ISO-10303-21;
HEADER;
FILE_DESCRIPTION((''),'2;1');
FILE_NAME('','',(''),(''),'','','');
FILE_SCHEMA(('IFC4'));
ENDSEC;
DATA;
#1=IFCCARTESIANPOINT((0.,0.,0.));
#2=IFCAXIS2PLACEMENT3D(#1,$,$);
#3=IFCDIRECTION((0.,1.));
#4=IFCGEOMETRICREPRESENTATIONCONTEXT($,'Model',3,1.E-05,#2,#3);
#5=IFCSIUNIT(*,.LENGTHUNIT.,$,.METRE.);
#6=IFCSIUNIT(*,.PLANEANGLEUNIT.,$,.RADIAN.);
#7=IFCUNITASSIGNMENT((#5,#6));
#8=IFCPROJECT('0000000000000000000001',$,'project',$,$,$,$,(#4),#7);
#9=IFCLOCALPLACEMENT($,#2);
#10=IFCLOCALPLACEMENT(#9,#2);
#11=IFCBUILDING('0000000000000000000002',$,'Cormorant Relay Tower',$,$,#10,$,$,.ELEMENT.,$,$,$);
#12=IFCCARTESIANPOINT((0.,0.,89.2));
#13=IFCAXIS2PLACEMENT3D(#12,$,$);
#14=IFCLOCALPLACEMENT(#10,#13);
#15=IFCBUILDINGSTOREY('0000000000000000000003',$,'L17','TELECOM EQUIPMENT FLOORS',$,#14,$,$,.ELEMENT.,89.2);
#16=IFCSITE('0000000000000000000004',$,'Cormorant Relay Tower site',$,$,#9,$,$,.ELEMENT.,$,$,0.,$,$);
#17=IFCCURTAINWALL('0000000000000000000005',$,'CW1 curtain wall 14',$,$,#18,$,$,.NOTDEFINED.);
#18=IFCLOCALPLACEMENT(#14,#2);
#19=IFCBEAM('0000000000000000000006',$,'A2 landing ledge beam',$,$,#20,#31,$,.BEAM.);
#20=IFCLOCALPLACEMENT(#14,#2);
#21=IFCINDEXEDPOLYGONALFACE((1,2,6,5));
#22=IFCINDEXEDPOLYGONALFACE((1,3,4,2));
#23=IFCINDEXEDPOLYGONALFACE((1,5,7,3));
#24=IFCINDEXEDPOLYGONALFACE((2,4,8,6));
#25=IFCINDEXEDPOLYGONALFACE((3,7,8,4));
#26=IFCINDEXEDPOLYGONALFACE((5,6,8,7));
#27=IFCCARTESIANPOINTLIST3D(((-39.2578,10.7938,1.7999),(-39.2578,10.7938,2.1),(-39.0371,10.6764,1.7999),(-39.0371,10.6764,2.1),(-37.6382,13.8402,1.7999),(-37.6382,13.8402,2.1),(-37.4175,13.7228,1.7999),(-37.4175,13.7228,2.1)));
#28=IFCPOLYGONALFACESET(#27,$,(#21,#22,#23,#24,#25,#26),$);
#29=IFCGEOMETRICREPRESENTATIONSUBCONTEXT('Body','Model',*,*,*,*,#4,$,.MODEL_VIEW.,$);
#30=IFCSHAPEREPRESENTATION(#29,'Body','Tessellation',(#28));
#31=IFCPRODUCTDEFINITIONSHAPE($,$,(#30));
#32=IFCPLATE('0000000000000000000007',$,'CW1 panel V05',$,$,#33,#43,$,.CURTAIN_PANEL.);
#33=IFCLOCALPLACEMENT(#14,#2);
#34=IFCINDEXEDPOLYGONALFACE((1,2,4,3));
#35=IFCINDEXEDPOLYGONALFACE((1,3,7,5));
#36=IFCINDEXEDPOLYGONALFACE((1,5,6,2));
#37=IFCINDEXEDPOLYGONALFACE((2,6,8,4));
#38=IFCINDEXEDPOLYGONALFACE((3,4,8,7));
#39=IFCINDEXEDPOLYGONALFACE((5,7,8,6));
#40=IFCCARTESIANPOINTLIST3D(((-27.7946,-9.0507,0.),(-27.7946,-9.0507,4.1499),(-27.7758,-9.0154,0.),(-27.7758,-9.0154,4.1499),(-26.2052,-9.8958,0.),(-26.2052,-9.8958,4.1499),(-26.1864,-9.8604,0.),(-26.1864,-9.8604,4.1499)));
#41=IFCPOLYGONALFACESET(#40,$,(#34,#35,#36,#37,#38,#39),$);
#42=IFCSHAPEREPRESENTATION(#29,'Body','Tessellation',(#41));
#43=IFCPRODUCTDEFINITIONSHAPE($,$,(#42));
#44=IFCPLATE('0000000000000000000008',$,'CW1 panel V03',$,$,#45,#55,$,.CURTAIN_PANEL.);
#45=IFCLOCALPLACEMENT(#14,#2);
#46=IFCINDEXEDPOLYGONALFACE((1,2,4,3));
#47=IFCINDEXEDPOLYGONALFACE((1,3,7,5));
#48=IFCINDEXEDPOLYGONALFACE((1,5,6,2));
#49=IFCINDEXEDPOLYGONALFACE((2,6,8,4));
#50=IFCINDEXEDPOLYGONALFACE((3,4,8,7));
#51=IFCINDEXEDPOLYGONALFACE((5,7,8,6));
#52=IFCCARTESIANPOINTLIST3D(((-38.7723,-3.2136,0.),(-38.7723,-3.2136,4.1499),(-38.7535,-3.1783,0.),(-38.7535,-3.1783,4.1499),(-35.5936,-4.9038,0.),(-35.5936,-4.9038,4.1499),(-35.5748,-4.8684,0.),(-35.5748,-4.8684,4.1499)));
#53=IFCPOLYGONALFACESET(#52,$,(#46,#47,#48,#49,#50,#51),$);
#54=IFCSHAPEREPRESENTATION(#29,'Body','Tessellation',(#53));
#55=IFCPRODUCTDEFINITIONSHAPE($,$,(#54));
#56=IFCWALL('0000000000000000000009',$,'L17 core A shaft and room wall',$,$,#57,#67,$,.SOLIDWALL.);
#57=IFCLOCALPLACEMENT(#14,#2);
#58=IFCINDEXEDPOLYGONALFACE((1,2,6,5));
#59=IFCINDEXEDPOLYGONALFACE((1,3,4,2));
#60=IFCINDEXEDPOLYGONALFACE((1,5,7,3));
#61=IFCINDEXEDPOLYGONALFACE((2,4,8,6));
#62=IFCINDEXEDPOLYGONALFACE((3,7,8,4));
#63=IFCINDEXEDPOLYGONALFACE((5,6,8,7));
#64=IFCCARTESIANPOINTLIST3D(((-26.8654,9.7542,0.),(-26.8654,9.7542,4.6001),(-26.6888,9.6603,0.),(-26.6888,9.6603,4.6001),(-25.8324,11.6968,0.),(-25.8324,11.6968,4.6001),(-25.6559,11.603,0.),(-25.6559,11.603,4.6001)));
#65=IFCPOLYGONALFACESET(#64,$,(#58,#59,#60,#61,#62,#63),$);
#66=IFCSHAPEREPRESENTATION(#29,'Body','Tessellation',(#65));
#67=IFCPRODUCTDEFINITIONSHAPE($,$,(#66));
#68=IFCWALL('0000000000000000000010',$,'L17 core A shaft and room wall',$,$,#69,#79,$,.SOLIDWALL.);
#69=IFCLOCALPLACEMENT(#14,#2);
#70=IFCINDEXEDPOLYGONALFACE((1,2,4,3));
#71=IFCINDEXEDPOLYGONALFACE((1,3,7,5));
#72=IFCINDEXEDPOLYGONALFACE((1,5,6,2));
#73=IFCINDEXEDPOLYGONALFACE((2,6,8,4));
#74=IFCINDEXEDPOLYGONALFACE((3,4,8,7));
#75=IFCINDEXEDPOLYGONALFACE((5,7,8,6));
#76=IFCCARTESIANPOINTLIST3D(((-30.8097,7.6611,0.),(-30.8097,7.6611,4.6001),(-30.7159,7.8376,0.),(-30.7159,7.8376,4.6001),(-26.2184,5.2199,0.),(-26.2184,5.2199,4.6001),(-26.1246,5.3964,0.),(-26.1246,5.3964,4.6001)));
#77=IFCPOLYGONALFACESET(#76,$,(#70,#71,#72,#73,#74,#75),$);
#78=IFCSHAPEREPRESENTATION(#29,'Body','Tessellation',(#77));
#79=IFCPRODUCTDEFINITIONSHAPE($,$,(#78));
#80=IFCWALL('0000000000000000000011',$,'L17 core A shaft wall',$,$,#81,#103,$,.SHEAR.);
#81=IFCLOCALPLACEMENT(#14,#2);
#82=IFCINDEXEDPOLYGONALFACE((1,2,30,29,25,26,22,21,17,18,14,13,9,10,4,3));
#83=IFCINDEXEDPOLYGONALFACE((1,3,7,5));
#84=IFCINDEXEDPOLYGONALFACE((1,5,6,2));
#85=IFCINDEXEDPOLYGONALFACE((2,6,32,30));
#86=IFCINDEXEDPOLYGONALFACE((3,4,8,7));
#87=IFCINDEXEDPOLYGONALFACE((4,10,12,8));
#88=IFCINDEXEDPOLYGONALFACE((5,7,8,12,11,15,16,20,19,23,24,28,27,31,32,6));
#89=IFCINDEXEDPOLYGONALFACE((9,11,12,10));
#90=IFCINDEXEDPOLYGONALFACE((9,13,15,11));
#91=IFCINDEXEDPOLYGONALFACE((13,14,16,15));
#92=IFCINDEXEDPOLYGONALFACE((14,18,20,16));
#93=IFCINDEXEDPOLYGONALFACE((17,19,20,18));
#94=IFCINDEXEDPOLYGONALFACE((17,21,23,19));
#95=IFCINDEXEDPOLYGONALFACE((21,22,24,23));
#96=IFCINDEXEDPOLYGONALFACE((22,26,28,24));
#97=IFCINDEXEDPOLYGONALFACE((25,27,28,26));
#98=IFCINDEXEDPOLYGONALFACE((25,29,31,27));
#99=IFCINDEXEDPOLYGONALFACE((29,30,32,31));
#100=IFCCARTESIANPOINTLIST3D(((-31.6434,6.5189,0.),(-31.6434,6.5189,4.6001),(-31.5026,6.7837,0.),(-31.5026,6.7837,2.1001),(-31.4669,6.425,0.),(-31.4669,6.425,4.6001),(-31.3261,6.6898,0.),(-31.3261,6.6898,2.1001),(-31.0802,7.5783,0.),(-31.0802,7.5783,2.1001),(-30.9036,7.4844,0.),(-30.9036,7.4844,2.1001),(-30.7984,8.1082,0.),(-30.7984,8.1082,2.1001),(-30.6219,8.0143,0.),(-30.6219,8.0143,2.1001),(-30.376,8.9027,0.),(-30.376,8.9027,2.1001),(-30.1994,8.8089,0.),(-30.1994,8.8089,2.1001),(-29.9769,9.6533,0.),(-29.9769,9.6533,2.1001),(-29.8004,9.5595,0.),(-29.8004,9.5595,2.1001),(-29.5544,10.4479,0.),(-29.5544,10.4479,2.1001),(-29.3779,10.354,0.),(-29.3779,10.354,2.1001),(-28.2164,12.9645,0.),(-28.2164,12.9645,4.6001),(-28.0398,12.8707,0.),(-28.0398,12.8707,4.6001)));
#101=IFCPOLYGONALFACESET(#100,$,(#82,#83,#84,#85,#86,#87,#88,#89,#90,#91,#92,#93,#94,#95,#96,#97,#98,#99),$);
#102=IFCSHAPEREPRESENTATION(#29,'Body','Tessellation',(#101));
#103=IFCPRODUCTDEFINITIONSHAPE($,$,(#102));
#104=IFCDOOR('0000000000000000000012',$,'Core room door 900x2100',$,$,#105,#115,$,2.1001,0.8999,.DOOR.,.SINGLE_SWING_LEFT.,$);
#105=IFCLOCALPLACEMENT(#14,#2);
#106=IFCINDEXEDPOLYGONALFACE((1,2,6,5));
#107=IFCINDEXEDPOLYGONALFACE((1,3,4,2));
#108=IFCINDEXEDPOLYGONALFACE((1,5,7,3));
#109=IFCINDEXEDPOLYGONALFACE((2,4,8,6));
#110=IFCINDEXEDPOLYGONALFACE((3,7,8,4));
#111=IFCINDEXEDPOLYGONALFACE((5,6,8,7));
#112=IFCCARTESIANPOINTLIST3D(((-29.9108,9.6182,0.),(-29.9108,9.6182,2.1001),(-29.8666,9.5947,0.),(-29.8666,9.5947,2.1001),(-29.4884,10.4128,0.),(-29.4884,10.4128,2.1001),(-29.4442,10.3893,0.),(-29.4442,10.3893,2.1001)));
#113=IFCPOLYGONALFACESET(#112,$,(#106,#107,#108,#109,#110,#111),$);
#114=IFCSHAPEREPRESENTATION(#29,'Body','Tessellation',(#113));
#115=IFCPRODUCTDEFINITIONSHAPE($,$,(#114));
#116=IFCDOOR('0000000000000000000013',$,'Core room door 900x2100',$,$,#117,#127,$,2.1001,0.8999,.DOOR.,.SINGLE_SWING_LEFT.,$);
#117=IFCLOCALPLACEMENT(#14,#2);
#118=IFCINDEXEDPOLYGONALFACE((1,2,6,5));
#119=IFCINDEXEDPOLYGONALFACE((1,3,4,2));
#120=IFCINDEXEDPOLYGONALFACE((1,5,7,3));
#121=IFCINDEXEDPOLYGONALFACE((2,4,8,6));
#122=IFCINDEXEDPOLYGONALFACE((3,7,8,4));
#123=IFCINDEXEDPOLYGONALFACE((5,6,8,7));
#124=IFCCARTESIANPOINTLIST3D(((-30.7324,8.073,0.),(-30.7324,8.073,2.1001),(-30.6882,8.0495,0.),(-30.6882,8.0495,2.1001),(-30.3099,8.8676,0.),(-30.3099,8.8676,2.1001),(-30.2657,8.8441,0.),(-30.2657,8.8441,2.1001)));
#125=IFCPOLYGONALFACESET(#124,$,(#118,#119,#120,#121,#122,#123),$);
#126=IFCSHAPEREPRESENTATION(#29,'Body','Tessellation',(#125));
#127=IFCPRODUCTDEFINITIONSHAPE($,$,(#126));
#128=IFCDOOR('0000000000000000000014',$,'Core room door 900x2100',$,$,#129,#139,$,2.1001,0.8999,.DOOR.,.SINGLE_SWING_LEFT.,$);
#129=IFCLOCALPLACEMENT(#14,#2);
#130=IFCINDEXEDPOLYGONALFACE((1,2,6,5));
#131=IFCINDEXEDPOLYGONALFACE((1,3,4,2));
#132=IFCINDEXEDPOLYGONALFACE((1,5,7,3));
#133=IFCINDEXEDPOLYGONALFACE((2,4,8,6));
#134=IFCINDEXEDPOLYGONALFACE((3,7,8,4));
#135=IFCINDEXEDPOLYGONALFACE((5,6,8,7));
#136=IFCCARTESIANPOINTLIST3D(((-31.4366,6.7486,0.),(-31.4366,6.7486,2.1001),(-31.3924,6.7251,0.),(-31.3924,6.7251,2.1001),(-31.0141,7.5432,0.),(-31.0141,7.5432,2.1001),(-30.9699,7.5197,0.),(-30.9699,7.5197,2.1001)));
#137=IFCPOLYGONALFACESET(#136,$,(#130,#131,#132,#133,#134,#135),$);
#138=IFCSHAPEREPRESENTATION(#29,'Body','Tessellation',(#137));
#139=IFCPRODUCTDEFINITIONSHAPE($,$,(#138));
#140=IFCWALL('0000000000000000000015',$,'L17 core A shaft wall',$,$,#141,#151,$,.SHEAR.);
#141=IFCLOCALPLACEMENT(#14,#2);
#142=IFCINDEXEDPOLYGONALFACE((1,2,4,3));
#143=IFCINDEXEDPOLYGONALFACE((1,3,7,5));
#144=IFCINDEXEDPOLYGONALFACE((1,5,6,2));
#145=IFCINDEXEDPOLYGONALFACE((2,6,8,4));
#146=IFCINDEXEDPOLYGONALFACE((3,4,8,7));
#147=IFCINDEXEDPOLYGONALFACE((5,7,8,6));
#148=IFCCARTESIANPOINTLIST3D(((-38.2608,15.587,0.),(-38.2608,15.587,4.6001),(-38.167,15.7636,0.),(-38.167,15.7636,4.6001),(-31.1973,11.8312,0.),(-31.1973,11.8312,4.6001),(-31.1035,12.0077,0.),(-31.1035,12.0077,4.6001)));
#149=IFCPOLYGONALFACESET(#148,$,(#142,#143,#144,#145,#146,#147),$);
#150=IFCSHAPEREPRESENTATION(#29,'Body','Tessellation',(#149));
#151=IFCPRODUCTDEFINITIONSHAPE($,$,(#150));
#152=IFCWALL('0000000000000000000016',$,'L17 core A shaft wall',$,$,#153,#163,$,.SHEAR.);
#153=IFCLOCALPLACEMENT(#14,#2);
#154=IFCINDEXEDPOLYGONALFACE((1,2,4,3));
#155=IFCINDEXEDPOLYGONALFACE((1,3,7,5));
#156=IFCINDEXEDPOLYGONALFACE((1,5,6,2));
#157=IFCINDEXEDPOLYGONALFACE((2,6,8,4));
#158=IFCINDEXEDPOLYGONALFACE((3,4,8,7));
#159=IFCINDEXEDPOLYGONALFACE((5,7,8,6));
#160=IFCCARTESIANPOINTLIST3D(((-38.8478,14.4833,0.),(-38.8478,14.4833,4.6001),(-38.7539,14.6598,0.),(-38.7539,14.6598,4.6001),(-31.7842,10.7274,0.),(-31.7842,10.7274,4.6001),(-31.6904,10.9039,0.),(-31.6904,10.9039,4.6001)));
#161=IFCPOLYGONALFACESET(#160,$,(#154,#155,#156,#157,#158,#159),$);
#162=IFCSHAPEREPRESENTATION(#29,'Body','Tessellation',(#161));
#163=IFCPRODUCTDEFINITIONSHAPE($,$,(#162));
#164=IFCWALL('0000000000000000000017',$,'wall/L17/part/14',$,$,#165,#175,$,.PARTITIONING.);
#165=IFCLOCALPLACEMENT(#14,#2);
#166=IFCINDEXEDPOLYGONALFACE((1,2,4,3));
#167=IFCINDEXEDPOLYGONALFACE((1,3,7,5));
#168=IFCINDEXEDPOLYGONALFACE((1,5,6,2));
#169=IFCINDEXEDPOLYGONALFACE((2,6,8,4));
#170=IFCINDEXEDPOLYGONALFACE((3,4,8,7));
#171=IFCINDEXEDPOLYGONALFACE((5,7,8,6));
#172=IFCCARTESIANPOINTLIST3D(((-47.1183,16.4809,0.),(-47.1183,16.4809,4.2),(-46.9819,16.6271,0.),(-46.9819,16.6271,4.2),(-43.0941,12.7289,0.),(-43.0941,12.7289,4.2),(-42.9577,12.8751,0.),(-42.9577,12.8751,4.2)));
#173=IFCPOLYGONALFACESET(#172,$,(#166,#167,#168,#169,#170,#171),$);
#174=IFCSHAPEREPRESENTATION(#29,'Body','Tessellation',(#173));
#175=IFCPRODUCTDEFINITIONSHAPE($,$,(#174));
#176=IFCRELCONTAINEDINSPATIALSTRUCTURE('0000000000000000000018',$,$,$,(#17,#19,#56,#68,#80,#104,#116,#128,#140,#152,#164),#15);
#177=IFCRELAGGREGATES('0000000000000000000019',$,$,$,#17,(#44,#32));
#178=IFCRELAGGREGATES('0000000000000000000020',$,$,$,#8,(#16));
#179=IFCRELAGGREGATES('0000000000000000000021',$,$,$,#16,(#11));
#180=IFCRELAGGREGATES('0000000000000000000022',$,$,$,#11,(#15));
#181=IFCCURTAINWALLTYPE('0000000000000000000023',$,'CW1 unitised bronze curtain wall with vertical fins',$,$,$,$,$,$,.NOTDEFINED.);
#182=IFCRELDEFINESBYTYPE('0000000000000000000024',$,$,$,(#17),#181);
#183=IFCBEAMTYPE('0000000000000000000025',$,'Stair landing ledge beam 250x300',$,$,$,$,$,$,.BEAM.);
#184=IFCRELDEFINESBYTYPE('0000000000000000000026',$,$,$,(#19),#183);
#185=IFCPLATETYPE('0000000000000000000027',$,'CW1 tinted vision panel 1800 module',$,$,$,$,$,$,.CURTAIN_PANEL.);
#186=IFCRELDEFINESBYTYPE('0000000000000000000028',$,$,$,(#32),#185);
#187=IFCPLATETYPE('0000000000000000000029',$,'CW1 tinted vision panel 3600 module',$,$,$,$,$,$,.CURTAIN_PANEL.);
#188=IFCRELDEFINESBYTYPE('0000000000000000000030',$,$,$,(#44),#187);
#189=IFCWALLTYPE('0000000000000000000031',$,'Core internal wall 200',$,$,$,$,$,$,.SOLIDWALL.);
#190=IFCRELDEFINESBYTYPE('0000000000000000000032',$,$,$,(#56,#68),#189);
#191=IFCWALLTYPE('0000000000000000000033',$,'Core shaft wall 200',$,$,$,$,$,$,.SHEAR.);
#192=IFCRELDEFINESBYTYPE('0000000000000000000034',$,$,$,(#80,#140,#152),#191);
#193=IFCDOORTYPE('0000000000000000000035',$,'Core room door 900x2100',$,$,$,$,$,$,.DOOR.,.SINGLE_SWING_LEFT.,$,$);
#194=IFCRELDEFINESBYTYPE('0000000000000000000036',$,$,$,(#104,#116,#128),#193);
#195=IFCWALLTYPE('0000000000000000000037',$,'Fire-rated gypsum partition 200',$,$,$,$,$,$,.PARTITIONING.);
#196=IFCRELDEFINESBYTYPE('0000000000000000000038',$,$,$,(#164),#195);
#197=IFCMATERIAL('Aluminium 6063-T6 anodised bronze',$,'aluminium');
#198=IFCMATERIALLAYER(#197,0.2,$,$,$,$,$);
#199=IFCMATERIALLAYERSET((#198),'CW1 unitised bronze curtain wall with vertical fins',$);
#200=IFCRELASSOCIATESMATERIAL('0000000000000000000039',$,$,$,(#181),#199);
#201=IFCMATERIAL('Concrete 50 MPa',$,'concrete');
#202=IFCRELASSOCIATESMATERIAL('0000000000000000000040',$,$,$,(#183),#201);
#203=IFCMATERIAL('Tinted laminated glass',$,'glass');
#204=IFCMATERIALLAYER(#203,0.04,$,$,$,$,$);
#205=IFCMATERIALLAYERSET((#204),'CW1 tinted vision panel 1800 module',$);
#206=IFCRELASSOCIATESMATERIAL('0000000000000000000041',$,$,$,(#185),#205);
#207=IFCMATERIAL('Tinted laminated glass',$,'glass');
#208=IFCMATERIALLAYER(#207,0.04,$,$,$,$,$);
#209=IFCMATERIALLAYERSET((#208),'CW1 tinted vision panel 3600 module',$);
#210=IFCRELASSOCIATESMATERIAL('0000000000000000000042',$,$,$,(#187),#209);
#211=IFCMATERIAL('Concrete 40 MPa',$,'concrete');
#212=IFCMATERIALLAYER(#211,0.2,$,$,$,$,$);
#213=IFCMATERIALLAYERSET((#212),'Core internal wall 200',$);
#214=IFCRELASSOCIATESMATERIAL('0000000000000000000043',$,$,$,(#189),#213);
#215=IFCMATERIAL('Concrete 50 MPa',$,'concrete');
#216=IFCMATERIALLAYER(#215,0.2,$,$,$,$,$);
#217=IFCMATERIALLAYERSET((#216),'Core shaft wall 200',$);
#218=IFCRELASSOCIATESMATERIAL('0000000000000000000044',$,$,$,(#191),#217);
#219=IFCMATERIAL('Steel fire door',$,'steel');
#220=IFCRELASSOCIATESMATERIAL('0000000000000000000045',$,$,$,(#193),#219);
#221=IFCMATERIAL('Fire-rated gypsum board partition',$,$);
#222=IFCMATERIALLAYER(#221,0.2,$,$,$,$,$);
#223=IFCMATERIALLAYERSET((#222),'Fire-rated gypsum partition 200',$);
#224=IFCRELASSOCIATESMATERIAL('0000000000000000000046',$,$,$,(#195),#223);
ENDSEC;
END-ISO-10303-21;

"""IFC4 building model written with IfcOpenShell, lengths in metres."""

from ifc_helpers import new_model, si_unit, direction, frame, frame_2d, origin, origin_2d, place, context, subcontext, project, spatial, rectangle, extrude, material, layer, layer_set, material_profile, profile_set, type_object, element, fill, aggregate, save


model = new_model("IFC4")

# Units and contexts
model_context = context("Model", 3, precision=1e-05, world=origin(), true_north=direction((0.0, 1.0)))
body_context = subcontext(model_context, "Body", "Model", "MODEL_VIEW")
ifc_project = project(units=[si_unit("LENGTHUNIT", "METRE"), si_unit("PLANEANGLEUNIT", "RADIAN")], contexts=[model_context])

# Site, building, storey
site_placement = place(None, origin())
site = spatial("IfcSite", under=ifc_project, at=site_placement, Name="Cormorant Relay Tower site", CompositionType="ELEMENT", RefElevation=0.0)
building_placement = place(site_placement, origin())
building = spatial("IfcBuilding", under=site, at=building_placement, Name="Cormorant Relay Tower", CompositionType="ELEMENT")
storey_placement = place(building_placement, frame((0.0, 0.0, 89.2)))
storey = spatial("IfcBuildingStorey", under=building, at=storey_placement, Name="L17", Description="TELECOM EQUIPMENT FLOORS", CompositionType="ELEMENT", Elevation=89.2)

# Curtain wall
ifc_material_1 = material(Name="Aluminium 6063-T6 anodised bronze", Category="aluminium")
ifc_layer_1 = layer(ifc_material_1, 0.2)
ifc_layer_set_1 = layer_set([ifc_layer_1], Name="CW1 unitised bronze curtain wall with vertical fins")
curtain_wall_type = type_object("IfcCurtainWallType", Name="CW1 unitised bronze curtain wall with vertical fins", PredefinedType="NOTDEFINED", material=ifc_layer_set_1)
curtain_wall_placement = place(storey_placement, origin())
curtain_wall = element("IfcCurtainWall", 1, at=curtain_wall_placement, inside=storey, type_object=curtain_wall_type, Name="CW1 curtain wall 14", PredefinedType="NOTDEFINED")

# Beam
ifc_material_2 = material(Name="Concrete 50 MPa", Category="concrete")
ifc_material_profile_1 = material_profile(ifc_material_2, rectangle(XDim=0.25, YDim=0.3, at=origin_2d()), Name="RC 250x300")
ifc_profile_set_1 = profile_set([ifc_material_profile_1], Name="Concrete 50 MPa")
beam_type_1 = type_object("IfcBeamType", Name="Stair landing ledge beam 250x300", PredefinedType="BEAM", material=ifc_profile_set_1)
beam_1_placement = place(storey_placement, frame((-37.5278, 13.7815, 1.95), z_axis=(-0.469435, -0.882967, 0.0), x_axis=(0.882967, -0.469435, 0.0)))
element("IfcBeam", 2, at=beam_1_placement, inside=storey, type_object=beam_type_1, Name="A2 landing ledge beam", PredefinedType="BEAM", context=body_context, shape_type="SweptSolid", body=[
    extrude(rectangle(XDim=0.25, YDim=0.3, at=origin_2d()), origin(), (0.0, 0.0, 1.0), 3.4502),
])

# Plates
ifc_material_3 = material(Name="Tinted laminated glass", Category="glass")
ifc_layer_2 = layer(ifc_material_3, 0.04)
ifc_layer_set_2 = layer_set([ifc_layer_2], Name="CW1 tinted vision panel 1800 module")
plate_type_1 = type_object("IfcPlateType", Name="CW1 tinted vision panel 1800 module", PredefinedType="CURTAIN_PANEL", material=ifc_layer_set_2)
plate_1_placement = place(storey_placement, frame((-26.9905, -9.4556, 0.0), z_axis=(0.0, 0.0, 1.0), x_axis=(0.882948, -0.469472, 0.0)))
plate_1 = element("IfcPlate", 3, at=plate_1_placement, type_object=plate_type_1, Name="CW1 panel V05", PredefinedType="CURTAIN_PANEL", context=body_context, shape_type="SweptSolid", body=[
    extrude(rectangle(XDim=1.8, YDim=0.04, at=origin_2d()), origin(), (0.0, 0.0, 1.0), 4.1499),
])
ifc_material_4 = material(Name="Tinted laminated glass", Category="glass")
ifc_layer_3 = layer(ifc_material_4, 0.04)
ifc_layer_set_3 = layer_set([ifc_layer_3], Name="CW1 tinted vision panel 3600 module")
plate_type_2 = type_object("IfcPlateType", Name="CW1 tinted vision panel 3600 module", PredefinedType="CURTAIN_PANEL", material=ifc_layer_set_3)
plate_2_placement = place(storey_placement, frame((-37.1736, -4.041, 0.0), z_axis=(0.0, 0.0, 1.0), x_axis=(0.882948, -0.469472, 0.0)))
plate_2 = element("IfcPlate", 4, at=plate_2_placement, type_object=plate_type_2, Name="CW1 panel V03", PredefinedType="CURTAIN_PANEL", context=body_context, shape_type="SweptSolid", body=[
    extrude(rectangle(XDim=3.6001, YDim=0.04, at=origin_2d()), origin(), (0.0, 0.0, 1.0), 4.1499),
])

# Walls
ifc_material_5 = material(Name="Concrete 40 MPa", Category="concrete")
ifc_layer_4 = layer(ifc_material_5, 0.2)
ifc_layer_set_4 = layer_set([ifc_layer_4], Name="Core internal wall 200")
wall_type_1 = type_object("IfcWallType", Name="Core internal wall 200", PredefinedType="SOLIDWALL", material=ifc_layer_set_4)
wall_1_placement = place(storey_placement, frame((-25.7441, 11.6499, 0.0), z_axis=(0.0, 0.0, 1.0), x_axis=(-0.469488, -0.882939, 0.0)))
element("IfcWall", 5, at=wall_1_placement, inside=storey, type_object=wall_type_1, Name="L17 core A shaft and room wall", PredefinedType="SOLIDWALL", context=body_context, shape_type="SweptSolid", body=[
    extrude(rectangle(XDim=2.2002, YDim=0.2, at=frame_2d((1.1001, 0.0))), origin(), (0.0, 0.0, 1.0), 4.6001),
])
wall_2_placement = place(storey_placement, frame((-26.1714, 5.3081, 0.0), z_axis=(0.0, 0.0, 1.0), x_axis=(-0.882954, 0.46946, 0.0)))
element("IfcWall", 6, at=wall_2_placement, inside=storey, type_object=wall_type_1, Name="L17 core A shaft and room wall", PredefinedType="SOLIDWALL", context=body_context, shape_type="SweptSolid", body=[
    extrude(rectangle(XDim=5.2, YDim=0.2, at=frame_2d((2.6001, 0.0))), origin(), (0.0, 0.0, 1.0), 4.6001),
])

# Wall, openings, doors
ifc_material_6 = material(Name="Concrete 50 MPa", Category="concrete")
ifc_layer_5 = layer(ifc_material_6, 0.2)
ifc_layer_set_5 = layer_set([ifc_layer_5], Name="Core shaft wall 200")
wall_type_2 = type_object("IfcWallType", Name="Core shaft wall 200", PredefinedType="SHEAR", material=ifc_layer_set_5)
wall_3_placement = place(storey_placement, frame((-28.1282, 12.9175, 0.0), z_axis=(0.0, 0.0, 1.0), x_axis=(-0.469454, -0.882957, 0.0)))
wall_3 = element("IfcWall", 7, at=wall_3_placement, inside=storey, type_object=wall_type_2, Name="L17 core A shaft wall", PredefinedType="SHEAR", context=body_context, shape_type="SweptSolid", body=[
    extrude(rectangle(XDim=7.3, YDim=0.2, at=frame_2d((3.6499, 0.0))), origin(), (0.0, 0.0, 1.0), 4.6001),
])
opening_1_placement = place(wall_3_placement, frame((2.8501, 0.0, 0.0)))
opening_1 = element("IfcOpeningElement", 8, at=opening_1_placement, cuts=wall_3, PredefinedType="OPENING", context=body_context, shape_type="SweptSolid", body=[
    extrude(rectangle(XDim=0.8999, YDim=2.1001, at=frame_2d((0.45, 1.05))), frame((0.0, 0.1099, 0.0), z_axis=(0.0, -1.0, 0.0), x_axis=(1.0, 0.0, 0.0)), (0.0, 0.0, 1.0), 0.22),
])
opening_2_placement = place(wall_3_placement, frame((4.6001, 0.0, 0.0)))
opening_2 = element("IfcOpeningElement", 9, at=opening_2_placement, cuts=wall_3, PredefinedType="OPENING", context=body_context, shape_type="SweptSolid", body=[
    extrude(rectangle(XDim=0.8999, YDim=2.1001, at=frame_2d((0.45, 1.05))), frame((0.0, 0.1099, 0.0), z_axis=(0.0, -1.0, 0.0), x_axis=(1.0, 0.0, 0.0)), (0.0, 0.0, 1.0), 0.22),
])
opening_3_placement = place(wall_3_placement, frame((6.1001, 0.0, 0.0)))
opening_3 = element("IfcOpeningElement", 10, at=opening_3_placement, cuts=wall_3, PredefinedType="OPENING", context=body_context, shape_type="SweptSolid", body=[
    extrude(rectangle(XDim=0.8999, YDim=2.1001, at=frame_2d((0.45, 1.05))), frame((0.0, 0.1099, 0.0), z_axis=(0.0, -1.0, 0.0), x_axis=(1.0, 0.0, 0.0)), (0.0, 0.0, 1.0), 0.22),
])
ifc_material_7 = material(Name="Steel fire door", Category="steel")
door_type = type_object("IfcDoorType", Name="Core room door 900x2100", OperationType="SINGLE_SWING_LEFT", PredefinedType="DOOR", material=ifc_material_7)
door_1_placement = place(opening_1_placement, origin())
door_1 = element("IfcDoor", 11, at=door_1_placement, inside=storey, type_object=door_type, Name="Core room door 900x2100", OperationType="SINGLE_SWING_LEFT", OverallHeight=2.1001, OverallWidth=0.8999, PredefinedType="DOOR", context=body_context, shape_type="SweptSolid", body=[
    extrude(rectangle(XDim=0.8999, YDim=2.1001, at=frame_2d((0.45, 1.05))), frame((0.0, 0.0249, 0.0), z_axis=(0.0, -1.0, 0.0), x_axis=(1.0, 0.0, 0.0)), (0.0, 0.0, 1.0), 0.05),
])
fill(opening_1, door_1)
door_2_placement = place(opening_2_placement, origin())
door_2 = element("IfcDoor", 12, at=door_2_placement, inside=storey, type_object=door_type, Name="Core room door 900x2100", OperationType="SINGLE_SWING_LEFT", OverallHeight=2.1001, OverallWidth=0.8999, PredefinedType="DOOR", context=body_context, shape_type="SweptSolid", body=[
    extrude(rectangle(XDim=0.8999, YDim=2.1001, at=frame_2d((0.45, 1.05))), frame((0.0, 0.0249, 0.0), z_axis=(0.0, -1.0, 0.0), x_axis=(1.0, 0.0, 0.0)), (0.0, 0.0, 1.0), 0.05),
])
fill(opening_2, door_2)
door_3_placement = place(opening_3_placement, origin())
door_3 = element("IfcDoor", 13, at=door_3_placement, inside=storey, type_object=door_type, Name="Core room door 900x2100", OperationType="SINGLE_SWING_LEFT", OverallHeight=2.1001, OverallWidth=0.8999, PredefinedType="DOOR", context=body_context, shape_type="SweptSolid", body=[
    extrude(rectangle(XDim=0.8999, YDim=2.1001, at=frame_2d((0.45, 1.05))), frame((0.0, 0.0249, 0.0), z_axis=(0.0, -1.0, 0.0), x_axis=(1.0, 0.0, 0.0)), (0.0, 0.0, 1.0), 0.05),
])
fill(opening_3, door_3)

# Walls
for number, where, z_axis, x_axis, name in (
    (14, (-31.1504, 11.9194, 0.0), (0.0, 0.0, 1.0), (-0.88294, 0.469485, 0.0), "L17 core A shaft wall"),
    (15, (-31.7373, 10.8157, 0.0), (0.0, 0.0, 1.0), (-0.88294, 0.469485, 0.0), "L17 core A shaft wall"),
):
    element("IfcWall", number, at=place(storey_placement, frame(where, z_axis=z_axis, x_axis=x_axis)), inside=storey, type_object=wall_type_2, Name=name, PredefinedType="SHEAR", context=body_context, shape_type="SweptSolid", body=[
        extrude(rectangle(XDim=8.0, YDim=0.2, at=frame_2d((4.0, 0.0))), origin(), (0.0, 0.0, 1.0), 4.6001),
    ])
ifc_material_8 = material(Name="Fire-rated gypsum board partition")
ifc_layer_6 = layer(ifc_material_8, 0.2)
ifc_layer_set_6 = layer_set([ifc_layer_6], Name="Fire-rated gypsum partition 200")
wall_type_3 = type_object("IfcWallType", Name="Fire-rated gypsum partition 200", PredefinedType="PARTITIONING", material=ifc_layer_set_6)
wall_4_placement = place(storey_placement, frame((-43.0259, 12.802, 0.0), z_axis=(0.0, 0.0, 1.0), x_axis=(-0.731412, 0.681936, 0.0)))
element("IfcWall", 16, at=wall_4_placement, inside=storey, type_object=wall_type_3, Name="wall/L17/part/14", PredefinedType="PARTITIONING", context=body_context, shape_type="SweptSolid", body=[
    extrude(rectangle(XDim=5.502, YDim=0.2, at=frame_2d((2.751, 0.0))), origin(), (0.0, 0.0, 1.0), 4.2),
])

aggregate(curtain_wall, [plate_2, plate_1])

save(model, "model.ifc")
